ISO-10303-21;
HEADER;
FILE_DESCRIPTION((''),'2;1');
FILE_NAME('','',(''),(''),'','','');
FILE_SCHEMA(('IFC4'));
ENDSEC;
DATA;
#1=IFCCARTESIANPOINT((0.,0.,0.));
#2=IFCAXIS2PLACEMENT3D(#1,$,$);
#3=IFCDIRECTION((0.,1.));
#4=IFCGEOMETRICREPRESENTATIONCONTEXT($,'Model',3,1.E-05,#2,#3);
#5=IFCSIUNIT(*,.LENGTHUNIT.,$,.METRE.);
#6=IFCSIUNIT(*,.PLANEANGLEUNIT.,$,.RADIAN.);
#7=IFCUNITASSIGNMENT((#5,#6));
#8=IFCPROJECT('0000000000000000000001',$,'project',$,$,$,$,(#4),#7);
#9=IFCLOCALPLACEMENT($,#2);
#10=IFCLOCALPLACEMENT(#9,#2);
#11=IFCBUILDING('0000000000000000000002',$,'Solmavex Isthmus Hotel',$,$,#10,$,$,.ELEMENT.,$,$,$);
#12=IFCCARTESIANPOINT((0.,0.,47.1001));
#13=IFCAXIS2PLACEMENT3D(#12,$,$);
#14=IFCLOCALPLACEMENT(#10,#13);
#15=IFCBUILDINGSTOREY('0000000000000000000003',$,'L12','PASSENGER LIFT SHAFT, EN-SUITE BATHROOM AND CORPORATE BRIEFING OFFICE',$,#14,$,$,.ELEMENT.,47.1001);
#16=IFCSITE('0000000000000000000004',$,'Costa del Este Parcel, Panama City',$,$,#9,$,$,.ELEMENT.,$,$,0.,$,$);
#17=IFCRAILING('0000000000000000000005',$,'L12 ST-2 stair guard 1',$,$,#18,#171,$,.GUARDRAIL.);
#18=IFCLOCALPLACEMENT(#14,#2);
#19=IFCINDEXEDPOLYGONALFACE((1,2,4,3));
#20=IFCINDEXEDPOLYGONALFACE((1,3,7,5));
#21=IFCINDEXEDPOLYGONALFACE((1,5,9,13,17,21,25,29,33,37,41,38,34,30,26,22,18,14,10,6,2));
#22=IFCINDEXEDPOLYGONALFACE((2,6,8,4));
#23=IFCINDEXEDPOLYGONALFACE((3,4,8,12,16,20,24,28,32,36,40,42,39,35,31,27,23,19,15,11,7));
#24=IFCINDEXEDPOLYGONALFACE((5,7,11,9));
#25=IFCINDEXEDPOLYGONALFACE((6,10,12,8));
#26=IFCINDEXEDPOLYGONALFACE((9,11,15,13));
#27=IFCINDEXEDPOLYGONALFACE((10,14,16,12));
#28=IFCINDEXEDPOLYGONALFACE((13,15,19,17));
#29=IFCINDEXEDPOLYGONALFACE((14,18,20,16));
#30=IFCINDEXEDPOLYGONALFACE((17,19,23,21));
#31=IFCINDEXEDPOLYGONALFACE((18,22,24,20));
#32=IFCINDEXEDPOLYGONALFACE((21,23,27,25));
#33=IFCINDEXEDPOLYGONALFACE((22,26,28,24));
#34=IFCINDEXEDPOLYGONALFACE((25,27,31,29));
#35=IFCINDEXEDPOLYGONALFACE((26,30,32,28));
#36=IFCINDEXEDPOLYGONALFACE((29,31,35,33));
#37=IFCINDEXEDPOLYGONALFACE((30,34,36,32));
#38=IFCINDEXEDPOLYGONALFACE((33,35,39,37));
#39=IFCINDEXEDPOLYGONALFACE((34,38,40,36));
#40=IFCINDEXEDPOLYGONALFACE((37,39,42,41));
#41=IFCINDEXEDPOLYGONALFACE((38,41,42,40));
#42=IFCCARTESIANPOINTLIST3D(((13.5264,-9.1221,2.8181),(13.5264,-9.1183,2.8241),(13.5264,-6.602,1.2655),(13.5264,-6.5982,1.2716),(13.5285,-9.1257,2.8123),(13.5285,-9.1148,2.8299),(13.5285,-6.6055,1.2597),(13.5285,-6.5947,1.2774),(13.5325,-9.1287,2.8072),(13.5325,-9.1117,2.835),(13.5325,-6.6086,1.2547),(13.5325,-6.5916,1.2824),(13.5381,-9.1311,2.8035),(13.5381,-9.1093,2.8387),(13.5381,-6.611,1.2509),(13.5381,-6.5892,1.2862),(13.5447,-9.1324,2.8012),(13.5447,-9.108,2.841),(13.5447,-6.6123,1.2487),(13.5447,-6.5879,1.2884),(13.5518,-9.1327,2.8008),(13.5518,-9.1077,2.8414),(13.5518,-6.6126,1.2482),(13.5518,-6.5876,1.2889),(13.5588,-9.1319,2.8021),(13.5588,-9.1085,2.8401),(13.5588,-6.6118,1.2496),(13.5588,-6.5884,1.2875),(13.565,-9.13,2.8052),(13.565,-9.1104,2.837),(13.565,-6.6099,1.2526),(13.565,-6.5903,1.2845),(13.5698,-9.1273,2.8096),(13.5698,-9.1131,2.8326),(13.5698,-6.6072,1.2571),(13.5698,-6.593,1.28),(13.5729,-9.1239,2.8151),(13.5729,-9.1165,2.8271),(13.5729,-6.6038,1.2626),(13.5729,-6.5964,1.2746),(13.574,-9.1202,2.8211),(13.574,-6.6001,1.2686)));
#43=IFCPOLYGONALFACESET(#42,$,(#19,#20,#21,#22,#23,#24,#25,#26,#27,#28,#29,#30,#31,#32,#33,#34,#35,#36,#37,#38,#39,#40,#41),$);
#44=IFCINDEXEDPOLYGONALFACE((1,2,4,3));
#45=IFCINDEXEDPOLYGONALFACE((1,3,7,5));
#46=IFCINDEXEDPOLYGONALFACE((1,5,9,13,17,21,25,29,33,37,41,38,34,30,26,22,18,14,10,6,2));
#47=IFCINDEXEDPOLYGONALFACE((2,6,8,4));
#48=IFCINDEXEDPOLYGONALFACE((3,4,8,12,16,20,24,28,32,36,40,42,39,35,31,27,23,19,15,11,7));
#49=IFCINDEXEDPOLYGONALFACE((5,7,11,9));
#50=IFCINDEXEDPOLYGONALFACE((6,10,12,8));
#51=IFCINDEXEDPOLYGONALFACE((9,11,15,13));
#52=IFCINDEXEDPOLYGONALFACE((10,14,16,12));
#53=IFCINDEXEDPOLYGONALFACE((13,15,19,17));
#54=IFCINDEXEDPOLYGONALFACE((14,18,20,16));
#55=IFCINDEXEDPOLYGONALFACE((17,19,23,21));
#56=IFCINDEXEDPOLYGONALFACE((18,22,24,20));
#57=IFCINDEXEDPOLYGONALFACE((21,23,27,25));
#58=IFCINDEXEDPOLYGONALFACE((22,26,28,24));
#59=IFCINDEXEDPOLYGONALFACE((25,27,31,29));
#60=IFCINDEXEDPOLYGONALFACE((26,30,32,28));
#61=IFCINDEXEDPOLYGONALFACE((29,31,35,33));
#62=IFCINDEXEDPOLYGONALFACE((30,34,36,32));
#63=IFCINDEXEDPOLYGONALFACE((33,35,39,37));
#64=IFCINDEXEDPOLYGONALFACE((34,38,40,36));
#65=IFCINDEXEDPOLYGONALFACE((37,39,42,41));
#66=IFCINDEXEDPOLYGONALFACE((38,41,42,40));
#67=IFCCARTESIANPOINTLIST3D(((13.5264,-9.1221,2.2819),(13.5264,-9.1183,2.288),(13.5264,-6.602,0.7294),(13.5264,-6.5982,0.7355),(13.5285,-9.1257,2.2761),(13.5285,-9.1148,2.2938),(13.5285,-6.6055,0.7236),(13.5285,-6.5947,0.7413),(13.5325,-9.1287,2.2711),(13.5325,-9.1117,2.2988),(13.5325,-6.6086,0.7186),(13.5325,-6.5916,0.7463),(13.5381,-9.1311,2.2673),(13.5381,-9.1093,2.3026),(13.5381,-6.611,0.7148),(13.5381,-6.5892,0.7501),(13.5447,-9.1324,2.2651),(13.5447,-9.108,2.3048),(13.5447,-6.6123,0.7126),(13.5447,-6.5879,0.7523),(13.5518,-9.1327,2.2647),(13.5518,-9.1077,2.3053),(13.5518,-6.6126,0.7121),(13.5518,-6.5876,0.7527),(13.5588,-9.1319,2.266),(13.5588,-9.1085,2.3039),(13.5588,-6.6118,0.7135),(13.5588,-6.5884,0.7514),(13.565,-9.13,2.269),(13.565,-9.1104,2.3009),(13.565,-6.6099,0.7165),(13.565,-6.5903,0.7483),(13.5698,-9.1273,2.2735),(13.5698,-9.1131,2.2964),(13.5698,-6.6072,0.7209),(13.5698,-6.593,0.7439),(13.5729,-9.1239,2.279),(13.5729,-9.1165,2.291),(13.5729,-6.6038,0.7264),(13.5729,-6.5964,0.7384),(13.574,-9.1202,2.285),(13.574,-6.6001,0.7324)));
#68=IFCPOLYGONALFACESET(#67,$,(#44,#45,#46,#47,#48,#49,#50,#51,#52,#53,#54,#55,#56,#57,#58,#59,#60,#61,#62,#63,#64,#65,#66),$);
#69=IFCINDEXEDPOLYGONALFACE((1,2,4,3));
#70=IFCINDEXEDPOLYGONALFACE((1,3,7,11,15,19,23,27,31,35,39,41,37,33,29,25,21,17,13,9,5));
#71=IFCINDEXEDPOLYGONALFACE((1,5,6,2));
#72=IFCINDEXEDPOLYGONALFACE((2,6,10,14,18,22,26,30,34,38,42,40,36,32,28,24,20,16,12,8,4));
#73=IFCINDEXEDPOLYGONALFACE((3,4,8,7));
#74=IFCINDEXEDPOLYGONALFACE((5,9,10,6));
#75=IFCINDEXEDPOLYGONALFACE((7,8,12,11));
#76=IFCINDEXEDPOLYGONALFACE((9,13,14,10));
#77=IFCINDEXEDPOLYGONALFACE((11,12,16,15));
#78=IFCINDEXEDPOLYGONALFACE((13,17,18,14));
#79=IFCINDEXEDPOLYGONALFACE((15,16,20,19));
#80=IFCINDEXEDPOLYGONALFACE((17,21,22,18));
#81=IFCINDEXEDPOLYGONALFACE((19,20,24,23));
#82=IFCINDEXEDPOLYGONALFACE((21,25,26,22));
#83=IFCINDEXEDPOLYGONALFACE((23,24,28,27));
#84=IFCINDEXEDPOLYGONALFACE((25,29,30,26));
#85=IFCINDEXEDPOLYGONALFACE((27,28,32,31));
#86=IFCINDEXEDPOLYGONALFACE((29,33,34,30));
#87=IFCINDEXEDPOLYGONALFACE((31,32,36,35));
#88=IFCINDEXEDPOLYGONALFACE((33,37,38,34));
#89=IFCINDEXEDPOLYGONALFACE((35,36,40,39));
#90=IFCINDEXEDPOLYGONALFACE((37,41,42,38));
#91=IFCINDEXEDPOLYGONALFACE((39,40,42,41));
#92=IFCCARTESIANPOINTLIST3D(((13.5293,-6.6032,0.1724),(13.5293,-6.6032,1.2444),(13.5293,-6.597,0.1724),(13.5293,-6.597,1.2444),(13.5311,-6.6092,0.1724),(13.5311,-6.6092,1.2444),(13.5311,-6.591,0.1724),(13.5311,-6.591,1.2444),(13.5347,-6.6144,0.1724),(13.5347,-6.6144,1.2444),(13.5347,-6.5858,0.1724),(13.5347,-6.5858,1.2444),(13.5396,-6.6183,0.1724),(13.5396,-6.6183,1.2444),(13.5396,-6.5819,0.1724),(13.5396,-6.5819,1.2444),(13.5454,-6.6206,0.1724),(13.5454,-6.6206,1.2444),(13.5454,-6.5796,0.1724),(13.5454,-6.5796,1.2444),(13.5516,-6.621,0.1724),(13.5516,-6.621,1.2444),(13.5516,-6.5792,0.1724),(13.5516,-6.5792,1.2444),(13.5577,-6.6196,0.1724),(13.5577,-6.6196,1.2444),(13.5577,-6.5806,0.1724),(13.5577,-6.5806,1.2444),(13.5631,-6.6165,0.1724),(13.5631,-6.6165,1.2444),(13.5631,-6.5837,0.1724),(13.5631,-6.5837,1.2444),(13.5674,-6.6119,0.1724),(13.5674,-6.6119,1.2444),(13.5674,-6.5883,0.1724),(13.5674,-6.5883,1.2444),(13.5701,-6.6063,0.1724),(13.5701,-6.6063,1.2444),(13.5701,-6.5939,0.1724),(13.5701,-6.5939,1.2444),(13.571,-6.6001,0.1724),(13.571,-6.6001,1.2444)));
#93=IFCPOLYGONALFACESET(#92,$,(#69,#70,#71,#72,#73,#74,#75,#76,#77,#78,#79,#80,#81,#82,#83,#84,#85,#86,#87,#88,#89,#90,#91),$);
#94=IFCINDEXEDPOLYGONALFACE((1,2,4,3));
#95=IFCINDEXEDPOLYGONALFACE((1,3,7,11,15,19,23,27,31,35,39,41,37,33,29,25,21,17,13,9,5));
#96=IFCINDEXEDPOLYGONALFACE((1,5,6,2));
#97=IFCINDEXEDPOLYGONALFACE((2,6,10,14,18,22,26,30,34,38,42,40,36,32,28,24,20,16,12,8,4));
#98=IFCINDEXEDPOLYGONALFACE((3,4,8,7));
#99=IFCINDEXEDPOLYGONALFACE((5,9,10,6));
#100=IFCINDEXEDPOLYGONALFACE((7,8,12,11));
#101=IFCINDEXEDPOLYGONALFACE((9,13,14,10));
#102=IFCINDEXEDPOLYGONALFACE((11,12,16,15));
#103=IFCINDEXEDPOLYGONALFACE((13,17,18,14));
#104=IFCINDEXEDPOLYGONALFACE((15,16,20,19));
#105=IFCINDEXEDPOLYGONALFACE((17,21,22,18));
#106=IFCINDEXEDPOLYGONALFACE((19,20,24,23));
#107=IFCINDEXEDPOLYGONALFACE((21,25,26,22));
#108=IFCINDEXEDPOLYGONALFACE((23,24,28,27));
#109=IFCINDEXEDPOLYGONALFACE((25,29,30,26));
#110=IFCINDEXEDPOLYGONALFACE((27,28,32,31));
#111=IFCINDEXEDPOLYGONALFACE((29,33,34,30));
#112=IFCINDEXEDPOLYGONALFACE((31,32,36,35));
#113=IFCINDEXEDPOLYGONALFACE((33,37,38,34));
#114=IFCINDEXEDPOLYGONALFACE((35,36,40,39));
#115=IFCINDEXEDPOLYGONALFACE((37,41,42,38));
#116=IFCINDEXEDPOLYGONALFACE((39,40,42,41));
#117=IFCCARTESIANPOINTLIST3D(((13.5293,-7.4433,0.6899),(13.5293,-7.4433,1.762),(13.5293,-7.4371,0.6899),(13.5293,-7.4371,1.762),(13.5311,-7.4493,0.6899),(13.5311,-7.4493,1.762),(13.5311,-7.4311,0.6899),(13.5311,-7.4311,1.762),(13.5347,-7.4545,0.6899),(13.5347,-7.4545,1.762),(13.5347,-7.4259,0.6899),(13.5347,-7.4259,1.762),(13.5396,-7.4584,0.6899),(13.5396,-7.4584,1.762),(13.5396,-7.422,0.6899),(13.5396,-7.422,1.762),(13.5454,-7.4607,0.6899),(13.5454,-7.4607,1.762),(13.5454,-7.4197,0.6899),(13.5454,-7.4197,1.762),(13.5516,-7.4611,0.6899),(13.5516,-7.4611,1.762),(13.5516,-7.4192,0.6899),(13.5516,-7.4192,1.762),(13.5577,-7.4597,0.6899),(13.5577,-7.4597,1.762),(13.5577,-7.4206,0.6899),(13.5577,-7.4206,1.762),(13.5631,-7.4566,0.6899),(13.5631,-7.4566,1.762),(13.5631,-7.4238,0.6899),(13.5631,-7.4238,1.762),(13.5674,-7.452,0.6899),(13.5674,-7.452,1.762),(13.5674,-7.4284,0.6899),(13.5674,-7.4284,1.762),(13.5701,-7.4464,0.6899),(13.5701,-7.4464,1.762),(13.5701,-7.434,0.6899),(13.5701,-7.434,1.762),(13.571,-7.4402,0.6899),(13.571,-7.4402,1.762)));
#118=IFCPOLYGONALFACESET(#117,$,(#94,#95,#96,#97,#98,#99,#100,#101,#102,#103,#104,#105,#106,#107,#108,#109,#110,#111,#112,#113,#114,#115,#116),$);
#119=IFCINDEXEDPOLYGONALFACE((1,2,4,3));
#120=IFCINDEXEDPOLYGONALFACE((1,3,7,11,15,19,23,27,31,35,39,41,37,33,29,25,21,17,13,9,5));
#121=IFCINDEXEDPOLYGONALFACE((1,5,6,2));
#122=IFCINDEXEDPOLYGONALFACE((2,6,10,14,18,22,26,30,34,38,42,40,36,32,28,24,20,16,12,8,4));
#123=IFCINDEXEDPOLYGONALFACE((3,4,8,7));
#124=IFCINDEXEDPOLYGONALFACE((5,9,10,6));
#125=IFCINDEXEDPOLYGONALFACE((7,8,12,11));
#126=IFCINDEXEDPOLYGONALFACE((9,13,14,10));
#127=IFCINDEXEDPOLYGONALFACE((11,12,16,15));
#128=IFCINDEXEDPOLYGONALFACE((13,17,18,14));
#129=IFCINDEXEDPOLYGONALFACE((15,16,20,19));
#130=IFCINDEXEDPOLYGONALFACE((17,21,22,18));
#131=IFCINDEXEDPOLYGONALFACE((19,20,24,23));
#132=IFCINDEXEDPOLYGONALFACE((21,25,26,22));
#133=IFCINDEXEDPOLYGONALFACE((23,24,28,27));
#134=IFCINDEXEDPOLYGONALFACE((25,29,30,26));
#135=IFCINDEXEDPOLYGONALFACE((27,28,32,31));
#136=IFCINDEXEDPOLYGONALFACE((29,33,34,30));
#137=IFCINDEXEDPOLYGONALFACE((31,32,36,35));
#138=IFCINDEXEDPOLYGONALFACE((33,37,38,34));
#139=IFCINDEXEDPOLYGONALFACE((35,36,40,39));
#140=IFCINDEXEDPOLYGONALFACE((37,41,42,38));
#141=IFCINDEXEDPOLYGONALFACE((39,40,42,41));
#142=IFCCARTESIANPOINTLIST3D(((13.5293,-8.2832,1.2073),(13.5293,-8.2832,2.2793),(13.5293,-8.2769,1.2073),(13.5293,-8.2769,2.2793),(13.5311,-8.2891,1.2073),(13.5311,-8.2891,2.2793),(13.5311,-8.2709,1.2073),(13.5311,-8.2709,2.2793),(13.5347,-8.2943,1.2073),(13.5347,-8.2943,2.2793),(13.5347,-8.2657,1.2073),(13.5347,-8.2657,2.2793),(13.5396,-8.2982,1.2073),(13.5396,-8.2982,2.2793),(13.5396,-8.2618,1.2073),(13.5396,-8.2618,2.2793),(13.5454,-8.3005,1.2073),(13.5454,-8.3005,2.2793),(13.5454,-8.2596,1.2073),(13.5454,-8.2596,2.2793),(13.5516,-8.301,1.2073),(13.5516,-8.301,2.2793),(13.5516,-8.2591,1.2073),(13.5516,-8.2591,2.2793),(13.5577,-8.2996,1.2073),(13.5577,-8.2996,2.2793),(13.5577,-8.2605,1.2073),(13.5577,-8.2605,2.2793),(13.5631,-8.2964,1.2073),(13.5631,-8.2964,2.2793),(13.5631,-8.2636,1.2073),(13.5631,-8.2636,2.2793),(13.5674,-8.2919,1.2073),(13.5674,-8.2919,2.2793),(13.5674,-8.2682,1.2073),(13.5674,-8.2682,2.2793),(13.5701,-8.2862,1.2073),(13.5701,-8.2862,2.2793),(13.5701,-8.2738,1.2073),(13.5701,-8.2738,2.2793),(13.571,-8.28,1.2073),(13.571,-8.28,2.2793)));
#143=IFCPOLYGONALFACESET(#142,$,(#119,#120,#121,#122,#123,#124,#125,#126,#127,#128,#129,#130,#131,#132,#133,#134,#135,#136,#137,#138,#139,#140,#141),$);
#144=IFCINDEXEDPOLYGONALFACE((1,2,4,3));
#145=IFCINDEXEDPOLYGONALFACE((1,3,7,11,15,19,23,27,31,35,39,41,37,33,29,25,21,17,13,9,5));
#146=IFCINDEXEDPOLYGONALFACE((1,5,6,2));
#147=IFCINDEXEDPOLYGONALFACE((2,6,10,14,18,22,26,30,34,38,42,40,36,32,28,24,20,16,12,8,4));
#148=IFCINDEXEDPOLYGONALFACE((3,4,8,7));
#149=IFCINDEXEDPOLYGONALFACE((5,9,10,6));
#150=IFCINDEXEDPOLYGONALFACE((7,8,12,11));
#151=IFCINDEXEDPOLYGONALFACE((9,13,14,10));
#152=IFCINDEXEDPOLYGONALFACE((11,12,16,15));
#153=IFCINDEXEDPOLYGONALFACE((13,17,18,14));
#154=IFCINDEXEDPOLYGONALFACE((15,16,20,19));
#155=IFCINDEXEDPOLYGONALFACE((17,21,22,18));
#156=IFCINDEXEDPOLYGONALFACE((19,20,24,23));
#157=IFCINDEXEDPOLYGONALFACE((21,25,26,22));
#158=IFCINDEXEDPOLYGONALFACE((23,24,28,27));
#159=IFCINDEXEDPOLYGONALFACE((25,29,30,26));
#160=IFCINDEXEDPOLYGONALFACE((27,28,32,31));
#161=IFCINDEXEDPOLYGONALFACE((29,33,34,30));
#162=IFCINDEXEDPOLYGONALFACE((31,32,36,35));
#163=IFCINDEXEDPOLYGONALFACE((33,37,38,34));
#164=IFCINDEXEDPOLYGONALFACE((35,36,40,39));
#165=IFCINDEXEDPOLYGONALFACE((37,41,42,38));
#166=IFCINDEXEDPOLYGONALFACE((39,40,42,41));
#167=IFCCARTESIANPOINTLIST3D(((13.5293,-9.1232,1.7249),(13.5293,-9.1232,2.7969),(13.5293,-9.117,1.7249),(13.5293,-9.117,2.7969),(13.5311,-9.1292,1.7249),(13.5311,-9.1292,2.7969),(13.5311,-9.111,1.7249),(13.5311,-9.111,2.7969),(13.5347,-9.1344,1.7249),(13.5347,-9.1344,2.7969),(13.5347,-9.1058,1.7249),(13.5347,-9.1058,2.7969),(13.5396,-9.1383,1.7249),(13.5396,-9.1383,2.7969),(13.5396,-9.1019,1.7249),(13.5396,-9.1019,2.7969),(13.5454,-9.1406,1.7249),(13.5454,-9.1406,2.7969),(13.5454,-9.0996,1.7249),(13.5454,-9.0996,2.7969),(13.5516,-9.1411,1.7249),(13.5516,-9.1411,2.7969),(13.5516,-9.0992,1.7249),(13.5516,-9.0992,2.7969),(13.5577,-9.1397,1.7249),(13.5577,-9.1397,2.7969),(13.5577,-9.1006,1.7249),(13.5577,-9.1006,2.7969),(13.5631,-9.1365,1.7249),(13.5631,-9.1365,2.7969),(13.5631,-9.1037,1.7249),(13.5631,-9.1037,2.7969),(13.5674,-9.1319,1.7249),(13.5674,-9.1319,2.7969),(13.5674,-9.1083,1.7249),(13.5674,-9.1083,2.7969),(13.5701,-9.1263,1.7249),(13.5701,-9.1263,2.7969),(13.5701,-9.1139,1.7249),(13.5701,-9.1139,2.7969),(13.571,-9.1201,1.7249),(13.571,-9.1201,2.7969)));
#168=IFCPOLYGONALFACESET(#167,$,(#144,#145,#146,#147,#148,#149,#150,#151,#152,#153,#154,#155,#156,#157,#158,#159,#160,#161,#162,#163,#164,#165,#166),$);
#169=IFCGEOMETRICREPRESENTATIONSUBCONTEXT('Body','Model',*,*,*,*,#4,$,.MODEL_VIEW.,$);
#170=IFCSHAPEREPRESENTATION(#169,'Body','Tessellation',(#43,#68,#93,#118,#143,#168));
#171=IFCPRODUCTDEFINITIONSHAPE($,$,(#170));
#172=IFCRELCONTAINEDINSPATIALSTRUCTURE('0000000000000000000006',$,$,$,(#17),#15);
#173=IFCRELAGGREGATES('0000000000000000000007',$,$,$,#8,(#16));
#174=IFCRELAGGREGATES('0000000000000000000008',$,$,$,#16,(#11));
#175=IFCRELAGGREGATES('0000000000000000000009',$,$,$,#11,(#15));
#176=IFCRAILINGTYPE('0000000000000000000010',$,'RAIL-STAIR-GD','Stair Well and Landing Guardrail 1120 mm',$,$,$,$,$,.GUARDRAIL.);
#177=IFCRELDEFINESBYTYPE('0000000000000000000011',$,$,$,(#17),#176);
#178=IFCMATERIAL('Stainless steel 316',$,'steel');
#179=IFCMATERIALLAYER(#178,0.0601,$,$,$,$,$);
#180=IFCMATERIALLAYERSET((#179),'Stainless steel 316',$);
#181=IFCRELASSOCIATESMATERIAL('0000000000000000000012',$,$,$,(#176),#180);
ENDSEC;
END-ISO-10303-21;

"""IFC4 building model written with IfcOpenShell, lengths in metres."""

from ifc_helpers import new_model, si_unit, direction, frame, origin, origin_2d, place, context, subcontext, project, spatial, circle, extrude, material, layer, layer_set, type_object, element, save


model = new_model("IFC4")

# Units and contexts
model_context = context("Model", 3, precision=1e-05, world=origin(), true_north=direction((0.0, 1.0)))
body_context = subcontext(model_context, "Body", "Model", "MODEL_VIEW")
ifc_project = project(units=[si_unit("LENGTHUNIT", "METRE"), si_unit("PLANEANGLEUNIT", "RADIAN")], contexts=[model_context])

# Site, building, storey
site_placement = place(None, origin())
site = spatial("IfcSite", under=ifc_project, at=site_placement, Name="Costa del Este Parcel, Panama City", CompositionType="ELEMENT", RefElevation=0.0)
building_placement = place(site_placement, origin())
building = spatial("IfcBuilding", under=site, at=building_placement, Name="Solmavex Isthmus Hotel", CompositionType="ELEMENT")
storey_placement = place(building_placement, frame((0.0, 0.0, 47.1001)))
storey = spatial("IfcBuildingStorey", under=building, at=storey_placement, Name="L12", Description="PASSENGER LIFT SHAFT, EN-SUITE BATHROOM AND CORPORATE BRIEFING OFFICE", CompositionType="ELEMENT", Elevation=47.1001)

# Railing
ifc_material_1 = material(Name="Stainless steel 316", Category="steel")
ifc_layer_1 = layer(ifc_material_1, 0.0601)
ifc_layer_set_1 = layer_set([ifc_layer_1], Name="Stainless steel 316")
railing_type_1 = type_object("IfcRailingType", Name="RAIL-STAIR-GD", Description="Stair Well and Landing Guardrail 1120 mm", PredefinedType="GUARDRAIL", material=ifc_layer_set_1)
railing_1_placement = place(storey_placement, frame((13.55, -6.6001, 0.1724)))
element("IfcRailing", 1, at=railing_1_placement, inside=storey, type_object=railing_type_1, Name="L12 ST-2 stair guard 1", PredefinedType="GUARDRAIL", context=body_context, shape_type="SweptSolid", body=[
    extrude(circle(Radius=0.0239, at=origin_2d()), frame((0.0, 0.0, 1.0962), z_axis=(0.0, -0.8514, 0.524516), x_axis=(1.0, 0.0, 0.0)), (0.0, 0.0, 1.0), 2.96),
    extrude(circle(Radius=0.0239, at=origin_2d()), frame((0.0, 0.0, 0.5601), z_axis=(0.0, -0.8514, 0.524516), x_axis=(1.0, 0.0, 0.0)), (0.0, 0.0, 1.0), 2.96),
    extrude(circle(Radius=0.021, at=origin_2d()), origin(), (0.0, 0.0, 1.0), 1.072),
    extrude(circle(Radius=0.021, at=origin_2d()), frame((0.0, -0.8401, 0.5176)), (0.0, 0.0, 1.0), 1.072),
    extrude(circle(Radius=0.021, at=origin_2d()), frame((0.0, -1.6799, 1.0349)), (0.0, 0.0, 1.0), 1.072),
    extrude(circle(Radius=0.021, at=origin_2d()), frame((0.0, -2.52, 1.5525)), (0.0, 0.0, 1.0), 1.072),
])

save(model, "model.ifc")
